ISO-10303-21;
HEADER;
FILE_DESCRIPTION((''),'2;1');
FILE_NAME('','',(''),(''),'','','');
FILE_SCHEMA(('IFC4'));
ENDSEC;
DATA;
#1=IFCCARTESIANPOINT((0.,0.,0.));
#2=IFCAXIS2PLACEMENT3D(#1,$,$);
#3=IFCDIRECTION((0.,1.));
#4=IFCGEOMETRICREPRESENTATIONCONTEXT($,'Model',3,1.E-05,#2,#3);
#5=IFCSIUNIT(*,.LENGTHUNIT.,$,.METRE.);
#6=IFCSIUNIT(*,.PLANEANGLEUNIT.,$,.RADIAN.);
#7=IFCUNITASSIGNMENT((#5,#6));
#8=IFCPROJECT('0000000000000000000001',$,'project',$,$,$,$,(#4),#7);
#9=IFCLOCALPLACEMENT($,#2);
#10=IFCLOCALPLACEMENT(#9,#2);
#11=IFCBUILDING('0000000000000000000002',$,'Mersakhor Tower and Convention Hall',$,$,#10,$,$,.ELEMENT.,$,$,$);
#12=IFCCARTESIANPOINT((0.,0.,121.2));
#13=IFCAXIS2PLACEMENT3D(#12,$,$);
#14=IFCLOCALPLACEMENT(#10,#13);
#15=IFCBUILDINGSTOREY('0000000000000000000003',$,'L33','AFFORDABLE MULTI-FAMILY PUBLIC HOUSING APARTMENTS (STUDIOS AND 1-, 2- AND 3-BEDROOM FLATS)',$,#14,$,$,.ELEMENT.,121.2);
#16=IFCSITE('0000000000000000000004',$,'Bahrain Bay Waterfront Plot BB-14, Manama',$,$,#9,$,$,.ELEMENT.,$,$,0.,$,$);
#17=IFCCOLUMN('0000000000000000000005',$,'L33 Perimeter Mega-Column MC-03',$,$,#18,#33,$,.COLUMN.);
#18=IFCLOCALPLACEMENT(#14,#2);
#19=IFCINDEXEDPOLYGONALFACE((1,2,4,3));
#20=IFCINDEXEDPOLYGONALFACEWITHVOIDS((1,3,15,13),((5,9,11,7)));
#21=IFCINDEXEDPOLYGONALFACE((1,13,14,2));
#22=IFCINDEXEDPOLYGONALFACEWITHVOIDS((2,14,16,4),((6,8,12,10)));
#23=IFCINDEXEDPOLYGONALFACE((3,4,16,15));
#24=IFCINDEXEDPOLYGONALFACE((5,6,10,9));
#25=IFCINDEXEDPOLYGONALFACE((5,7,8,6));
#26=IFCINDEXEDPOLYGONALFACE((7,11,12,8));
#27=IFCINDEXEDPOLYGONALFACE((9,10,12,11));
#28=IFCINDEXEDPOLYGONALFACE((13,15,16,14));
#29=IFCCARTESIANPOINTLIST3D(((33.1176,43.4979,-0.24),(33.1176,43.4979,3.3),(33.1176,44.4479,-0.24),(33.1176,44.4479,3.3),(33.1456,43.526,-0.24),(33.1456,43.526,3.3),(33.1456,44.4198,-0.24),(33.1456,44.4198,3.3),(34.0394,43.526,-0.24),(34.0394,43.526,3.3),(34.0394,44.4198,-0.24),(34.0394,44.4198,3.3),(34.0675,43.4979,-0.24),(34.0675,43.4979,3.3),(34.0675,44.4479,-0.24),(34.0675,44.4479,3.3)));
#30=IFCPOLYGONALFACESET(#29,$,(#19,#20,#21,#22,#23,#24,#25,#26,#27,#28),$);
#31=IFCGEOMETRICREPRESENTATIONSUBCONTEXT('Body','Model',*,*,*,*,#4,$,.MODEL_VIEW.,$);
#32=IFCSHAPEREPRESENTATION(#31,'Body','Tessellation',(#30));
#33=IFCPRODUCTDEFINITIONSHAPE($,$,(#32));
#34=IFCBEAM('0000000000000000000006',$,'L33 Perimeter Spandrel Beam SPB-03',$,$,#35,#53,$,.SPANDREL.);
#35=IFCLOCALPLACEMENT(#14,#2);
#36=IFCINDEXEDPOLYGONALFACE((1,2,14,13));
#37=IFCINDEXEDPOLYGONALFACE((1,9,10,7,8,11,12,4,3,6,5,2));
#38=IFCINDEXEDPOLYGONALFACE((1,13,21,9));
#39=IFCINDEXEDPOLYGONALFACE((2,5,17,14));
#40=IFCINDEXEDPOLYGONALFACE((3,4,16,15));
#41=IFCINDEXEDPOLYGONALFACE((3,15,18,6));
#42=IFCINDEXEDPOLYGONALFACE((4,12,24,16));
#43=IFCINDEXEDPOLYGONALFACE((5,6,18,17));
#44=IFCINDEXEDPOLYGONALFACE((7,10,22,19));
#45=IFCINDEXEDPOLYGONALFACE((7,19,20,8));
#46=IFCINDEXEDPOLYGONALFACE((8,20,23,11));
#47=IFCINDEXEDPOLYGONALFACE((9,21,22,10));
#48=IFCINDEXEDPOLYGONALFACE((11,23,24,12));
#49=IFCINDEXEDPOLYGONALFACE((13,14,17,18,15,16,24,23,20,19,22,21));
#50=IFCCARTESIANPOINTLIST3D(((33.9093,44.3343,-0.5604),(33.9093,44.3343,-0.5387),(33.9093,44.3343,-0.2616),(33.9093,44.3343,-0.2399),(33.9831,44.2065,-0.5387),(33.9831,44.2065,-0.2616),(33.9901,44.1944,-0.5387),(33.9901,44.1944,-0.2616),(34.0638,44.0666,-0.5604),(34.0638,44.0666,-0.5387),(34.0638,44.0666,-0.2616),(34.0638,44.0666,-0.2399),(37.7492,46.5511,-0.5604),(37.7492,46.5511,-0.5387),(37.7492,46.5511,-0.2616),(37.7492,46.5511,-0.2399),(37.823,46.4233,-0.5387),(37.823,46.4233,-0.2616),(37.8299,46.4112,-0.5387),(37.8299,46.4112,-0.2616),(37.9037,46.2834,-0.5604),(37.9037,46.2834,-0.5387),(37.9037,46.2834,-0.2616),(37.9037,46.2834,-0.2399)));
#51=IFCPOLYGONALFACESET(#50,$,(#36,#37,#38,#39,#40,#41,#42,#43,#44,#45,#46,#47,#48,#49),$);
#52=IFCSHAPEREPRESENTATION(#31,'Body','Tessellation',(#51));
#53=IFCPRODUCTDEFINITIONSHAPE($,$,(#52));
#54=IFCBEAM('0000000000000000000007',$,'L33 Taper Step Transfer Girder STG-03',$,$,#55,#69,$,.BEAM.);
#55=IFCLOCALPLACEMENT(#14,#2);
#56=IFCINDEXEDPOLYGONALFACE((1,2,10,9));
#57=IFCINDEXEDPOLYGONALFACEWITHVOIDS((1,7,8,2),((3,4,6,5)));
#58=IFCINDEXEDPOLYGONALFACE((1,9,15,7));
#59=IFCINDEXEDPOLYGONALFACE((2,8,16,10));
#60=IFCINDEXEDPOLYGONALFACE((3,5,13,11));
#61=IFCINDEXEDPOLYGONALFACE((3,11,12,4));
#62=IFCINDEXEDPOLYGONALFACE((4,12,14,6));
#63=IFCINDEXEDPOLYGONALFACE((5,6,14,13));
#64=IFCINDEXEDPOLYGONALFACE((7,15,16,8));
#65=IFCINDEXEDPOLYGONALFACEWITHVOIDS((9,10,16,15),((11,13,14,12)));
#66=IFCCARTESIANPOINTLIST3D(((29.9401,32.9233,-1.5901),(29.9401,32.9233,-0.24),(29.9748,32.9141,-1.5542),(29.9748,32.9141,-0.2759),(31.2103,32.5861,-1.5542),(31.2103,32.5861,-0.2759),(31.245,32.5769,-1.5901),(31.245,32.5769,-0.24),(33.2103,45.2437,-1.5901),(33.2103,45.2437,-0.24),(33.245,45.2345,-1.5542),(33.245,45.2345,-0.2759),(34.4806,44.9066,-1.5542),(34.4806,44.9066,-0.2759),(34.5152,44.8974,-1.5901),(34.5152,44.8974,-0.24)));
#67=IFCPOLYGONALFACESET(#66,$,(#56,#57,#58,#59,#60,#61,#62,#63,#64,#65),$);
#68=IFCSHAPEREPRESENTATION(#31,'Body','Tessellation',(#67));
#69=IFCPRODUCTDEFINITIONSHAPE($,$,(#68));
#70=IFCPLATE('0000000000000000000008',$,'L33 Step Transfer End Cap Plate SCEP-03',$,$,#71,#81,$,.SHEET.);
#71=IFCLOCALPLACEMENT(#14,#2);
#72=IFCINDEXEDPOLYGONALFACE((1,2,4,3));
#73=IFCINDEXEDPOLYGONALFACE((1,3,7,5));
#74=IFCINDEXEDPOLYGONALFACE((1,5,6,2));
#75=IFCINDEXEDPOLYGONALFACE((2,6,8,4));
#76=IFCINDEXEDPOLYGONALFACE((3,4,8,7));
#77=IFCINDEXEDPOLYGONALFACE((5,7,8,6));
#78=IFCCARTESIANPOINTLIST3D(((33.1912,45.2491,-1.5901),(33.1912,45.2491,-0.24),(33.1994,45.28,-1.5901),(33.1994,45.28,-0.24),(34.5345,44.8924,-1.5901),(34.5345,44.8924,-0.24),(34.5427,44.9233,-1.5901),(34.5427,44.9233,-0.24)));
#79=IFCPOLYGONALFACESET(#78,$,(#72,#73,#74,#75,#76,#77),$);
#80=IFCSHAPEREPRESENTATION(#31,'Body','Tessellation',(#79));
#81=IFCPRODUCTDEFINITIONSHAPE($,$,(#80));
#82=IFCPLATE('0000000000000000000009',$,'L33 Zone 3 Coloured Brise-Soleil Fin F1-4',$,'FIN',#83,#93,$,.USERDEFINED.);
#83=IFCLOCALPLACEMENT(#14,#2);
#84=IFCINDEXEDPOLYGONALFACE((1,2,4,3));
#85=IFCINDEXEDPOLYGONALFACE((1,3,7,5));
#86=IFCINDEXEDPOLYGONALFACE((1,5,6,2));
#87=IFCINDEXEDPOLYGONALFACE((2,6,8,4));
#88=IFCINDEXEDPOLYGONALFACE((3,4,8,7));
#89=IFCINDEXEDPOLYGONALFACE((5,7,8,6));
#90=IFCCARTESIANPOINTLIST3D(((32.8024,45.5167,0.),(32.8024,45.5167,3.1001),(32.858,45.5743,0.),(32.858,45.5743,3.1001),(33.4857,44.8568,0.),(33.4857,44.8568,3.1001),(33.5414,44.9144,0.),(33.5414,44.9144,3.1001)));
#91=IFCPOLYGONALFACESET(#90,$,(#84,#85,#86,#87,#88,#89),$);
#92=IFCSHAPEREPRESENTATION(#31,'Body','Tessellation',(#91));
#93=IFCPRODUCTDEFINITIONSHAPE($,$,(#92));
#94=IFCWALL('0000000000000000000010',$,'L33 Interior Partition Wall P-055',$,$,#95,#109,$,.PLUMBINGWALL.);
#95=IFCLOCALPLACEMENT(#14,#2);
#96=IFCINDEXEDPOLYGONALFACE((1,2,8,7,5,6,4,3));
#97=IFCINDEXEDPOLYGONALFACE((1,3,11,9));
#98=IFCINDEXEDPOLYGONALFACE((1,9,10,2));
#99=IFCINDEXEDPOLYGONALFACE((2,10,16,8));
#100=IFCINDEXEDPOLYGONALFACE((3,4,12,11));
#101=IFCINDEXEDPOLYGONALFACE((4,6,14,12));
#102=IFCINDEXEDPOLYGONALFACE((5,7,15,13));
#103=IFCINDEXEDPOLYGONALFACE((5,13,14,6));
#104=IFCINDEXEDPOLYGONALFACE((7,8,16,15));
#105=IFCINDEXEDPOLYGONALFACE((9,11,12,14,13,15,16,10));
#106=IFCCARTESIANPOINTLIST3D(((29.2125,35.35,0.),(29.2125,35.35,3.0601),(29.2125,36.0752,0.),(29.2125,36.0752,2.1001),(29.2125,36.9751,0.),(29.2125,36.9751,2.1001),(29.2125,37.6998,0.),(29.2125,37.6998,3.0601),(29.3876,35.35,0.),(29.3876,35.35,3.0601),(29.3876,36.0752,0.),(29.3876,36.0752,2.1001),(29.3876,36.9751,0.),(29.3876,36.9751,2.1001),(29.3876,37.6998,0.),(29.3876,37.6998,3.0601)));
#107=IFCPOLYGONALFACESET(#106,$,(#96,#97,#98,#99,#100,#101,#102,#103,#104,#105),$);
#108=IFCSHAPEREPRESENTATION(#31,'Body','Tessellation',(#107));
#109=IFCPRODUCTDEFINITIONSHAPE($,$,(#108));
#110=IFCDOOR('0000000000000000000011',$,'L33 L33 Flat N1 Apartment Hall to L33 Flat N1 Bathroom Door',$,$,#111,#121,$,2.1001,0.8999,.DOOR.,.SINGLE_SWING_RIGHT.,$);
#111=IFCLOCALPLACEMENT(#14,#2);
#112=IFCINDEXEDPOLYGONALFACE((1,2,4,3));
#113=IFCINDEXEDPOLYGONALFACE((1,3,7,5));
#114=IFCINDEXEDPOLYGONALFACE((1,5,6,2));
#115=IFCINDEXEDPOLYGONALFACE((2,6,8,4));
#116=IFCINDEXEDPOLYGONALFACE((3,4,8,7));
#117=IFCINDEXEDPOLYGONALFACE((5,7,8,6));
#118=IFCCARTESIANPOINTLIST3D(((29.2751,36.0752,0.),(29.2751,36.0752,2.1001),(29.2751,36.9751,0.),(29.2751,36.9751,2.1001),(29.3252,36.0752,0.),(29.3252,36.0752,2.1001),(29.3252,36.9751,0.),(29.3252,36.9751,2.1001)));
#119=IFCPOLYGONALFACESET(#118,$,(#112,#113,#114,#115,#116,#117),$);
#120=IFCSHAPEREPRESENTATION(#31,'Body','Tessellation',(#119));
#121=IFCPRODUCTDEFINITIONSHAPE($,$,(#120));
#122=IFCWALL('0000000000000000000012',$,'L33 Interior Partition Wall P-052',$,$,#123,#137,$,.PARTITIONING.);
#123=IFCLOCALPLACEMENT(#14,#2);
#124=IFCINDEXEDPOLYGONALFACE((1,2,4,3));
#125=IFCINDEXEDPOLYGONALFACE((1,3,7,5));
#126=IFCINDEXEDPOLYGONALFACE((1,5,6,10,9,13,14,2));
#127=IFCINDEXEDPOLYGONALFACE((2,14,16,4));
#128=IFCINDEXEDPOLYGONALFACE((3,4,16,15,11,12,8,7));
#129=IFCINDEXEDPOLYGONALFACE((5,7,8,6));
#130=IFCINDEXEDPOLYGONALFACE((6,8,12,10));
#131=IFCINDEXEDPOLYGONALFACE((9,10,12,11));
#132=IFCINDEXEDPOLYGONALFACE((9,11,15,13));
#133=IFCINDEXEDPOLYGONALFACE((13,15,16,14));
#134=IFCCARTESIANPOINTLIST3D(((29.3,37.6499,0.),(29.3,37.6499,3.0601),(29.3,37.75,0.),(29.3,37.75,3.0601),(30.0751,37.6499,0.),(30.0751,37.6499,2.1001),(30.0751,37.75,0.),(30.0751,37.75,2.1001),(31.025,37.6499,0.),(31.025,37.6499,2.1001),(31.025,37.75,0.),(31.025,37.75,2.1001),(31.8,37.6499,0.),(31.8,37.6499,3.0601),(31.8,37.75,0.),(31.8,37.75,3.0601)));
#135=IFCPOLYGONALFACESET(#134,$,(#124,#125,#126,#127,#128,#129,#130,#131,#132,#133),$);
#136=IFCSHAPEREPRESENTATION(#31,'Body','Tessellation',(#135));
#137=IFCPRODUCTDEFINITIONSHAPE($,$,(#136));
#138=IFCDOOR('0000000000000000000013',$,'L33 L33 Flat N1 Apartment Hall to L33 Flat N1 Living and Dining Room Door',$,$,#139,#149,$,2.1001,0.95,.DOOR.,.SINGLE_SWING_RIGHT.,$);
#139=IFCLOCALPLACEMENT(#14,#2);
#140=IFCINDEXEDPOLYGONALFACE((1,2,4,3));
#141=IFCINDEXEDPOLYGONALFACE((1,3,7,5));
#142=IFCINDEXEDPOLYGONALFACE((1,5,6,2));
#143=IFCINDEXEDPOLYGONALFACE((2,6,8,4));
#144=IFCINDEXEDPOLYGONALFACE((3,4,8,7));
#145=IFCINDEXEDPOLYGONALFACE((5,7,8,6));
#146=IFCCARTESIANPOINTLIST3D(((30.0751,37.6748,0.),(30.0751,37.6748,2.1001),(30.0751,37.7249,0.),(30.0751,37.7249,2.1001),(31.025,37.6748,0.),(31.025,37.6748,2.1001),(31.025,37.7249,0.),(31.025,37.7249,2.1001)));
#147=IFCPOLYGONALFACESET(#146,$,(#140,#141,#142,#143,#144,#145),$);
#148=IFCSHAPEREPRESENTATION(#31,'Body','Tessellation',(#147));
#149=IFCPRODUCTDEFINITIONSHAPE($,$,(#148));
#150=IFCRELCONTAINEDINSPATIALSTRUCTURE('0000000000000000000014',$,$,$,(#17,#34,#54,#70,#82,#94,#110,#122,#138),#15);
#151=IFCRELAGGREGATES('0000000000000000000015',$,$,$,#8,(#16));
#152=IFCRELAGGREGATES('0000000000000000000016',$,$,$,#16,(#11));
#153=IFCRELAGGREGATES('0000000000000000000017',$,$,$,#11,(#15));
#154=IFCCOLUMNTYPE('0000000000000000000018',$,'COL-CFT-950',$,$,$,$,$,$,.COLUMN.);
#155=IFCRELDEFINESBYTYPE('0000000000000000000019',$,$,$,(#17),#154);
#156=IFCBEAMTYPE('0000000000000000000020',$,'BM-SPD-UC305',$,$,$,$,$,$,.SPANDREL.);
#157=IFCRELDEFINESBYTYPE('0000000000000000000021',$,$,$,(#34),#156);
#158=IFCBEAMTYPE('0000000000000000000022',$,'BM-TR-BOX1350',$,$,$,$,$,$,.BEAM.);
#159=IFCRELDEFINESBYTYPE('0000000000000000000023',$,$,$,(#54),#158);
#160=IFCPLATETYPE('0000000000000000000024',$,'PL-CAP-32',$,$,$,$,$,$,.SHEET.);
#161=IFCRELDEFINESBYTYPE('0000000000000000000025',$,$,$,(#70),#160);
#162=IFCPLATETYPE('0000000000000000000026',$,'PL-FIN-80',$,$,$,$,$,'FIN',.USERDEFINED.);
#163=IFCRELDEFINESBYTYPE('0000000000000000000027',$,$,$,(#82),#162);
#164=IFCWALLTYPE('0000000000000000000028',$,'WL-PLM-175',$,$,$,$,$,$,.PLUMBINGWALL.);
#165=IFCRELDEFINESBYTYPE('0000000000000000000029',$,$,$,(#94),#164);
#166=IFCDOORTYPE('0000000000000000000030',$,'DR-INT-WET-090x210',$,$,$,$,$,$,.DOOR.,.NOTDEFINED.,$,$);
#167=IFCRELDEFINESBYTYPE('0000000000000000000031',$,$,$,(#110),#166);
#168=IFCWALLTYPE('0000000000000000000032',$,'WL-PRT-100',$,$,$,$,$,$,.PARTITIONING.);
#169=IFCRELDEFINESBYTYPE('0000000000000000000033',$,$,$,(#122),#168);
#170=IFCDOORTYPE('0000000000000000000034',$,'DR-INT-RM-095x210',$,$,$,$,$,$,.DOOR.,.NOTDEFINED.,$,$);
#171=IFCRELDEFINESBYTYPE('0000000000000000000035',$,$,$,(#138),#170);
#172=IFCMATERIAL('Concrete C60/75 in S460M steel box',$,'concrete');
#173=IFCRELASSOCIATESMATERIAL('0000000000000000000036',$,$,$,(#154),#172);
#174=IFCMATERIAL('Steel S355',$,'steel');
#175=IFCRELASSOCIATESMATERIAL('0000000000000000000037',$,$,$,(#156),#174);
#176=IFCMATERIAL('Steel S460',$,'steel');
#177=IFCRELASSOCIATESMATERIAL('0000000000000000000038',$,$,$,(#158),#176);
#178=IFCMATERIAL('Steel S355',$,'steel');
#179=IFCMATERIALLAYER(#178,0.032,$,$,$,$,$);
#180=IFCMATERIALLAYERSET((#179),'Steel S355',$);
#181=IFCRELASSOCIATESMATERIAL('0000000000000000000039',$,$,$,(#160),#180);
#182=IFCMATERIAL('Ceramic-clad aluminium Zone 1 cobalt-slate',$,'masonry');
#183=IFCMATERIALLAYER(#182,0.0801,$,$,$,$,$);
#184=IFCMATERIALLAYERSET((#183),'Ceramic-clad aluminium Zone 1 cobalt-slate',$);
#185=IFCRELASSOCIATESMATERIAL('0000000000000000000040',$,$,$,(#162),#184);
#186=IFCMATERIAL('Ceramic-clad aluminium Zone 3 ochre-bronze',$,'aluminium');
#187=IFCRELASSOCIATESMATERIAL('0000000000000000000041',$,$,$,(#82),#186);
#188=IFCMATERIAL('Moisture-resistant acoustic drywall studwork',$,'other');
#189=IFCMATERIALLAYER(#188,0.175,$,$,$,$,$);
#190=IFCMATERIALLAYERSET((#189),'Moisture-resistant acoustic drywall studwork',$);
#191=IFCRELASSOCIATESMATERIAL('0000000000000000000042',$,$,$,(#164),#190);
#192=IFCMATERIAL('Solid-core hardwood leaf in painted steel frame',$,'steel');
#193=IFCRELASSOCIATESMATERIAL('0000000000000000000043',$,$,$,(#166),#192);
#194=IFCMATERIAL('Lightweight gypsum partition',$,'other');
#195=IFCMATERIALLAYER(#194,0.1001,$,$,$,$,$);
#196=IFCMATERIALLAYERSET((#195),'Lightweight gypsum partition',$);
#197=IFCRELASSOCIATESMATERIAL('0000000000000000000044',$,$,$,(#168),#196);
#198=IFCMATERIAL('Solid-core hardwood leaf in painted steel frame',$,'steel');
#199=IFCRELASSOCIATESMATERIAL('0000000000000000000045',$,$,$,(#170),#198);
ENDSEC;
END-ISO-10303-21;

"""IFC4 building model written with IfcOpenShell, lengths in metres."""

from ifc_helpers import new_model, si_unit, direction, frame, frame_2d, origin, origin_2d, place, context, subcontext, project, spatial, rectangle, hollow_rectangle, i_section, extrude, material, layer, layer_set, material_profile, profile_set, type_object, element, fill, save


model = new_model("IFC4")

# Units and contexts
model_context = context("Model", 3, precision=1e-05, world=origin(), true_north=direction((0.0, 1.0)))
body_context = subcontext(model_context, "Body", "Model", "MODEL_VIEW")
ifc_project = project(units=[si_unit("LENGTHUNIT", "METRE"), si_unit("PLANEANGLEUNIT", "RADIAN")], contexts=[model_context])

# Site, building, storey
site_placement = place(None, origin())
site = spatial("IfcSite", under=ifc_project, at=site_placement, Name="Bahrain Bay Waterfront Plot BB-14, Manama", CompositionType="ELEMENT", RefElevation=0.0)
building_placement = place(site_placement, origin())
building = spatial("IfcBuilding", under=site, at=building_placement, Name="Mersakhor Tower and Convention Hall", CompositionType="ELEMENT")
storey_placement = place(building_placement, frame((0.0, 0.0, 121.2)))
storey = spatial("IfcBuildingStorey", under=building, at=storey_placement, Name="L33", Description="AFFORDABLE MULTI-FAMILY PUBLIC HOUSING APARTMENTS (STUDIOS AND 1-, 2- AND 3-BEDROOM FLATS)", CompositionType="ELEMENT", Elevation=121.2)

# Column
ifc_material_1 = material(Name="Concrete C60/75 in S460M steel box", Category="concrete")
ifc_material_profile_1 = material_profile(ifc_material_1, hollow_rectangle(XDim=0.95, YDim=0.95, WallThickness=0.0281, at=origin_2d()), Name="SHS 950x950x28")
ifc_profile_set_1 = profile_set([ifc_material_profile_1], Name="Concrete C60/75 in S460M steel box")
column_type = type_object("IfcColumnType", Name="COL-CFT-950", PredefinedType="COLUMN", material=ifc_profile_set_1)
column_placement = place(storey_placement, frame((33.5925, 43.9729, -0.24), z_axis=(0.0, 0.0, 1.0), x_axis=(1.0, 0.0, 0.0)))
element("IfcColumn", 1, at=column_placement, inside=storey, type_object=column_type, Name="L33 Perimeter Mega-Column MC-03", PredefinedType="COLUMN", context=body_context, shape_type="SweptSolid", body=[
    extrude(hollow_rectangle(XDim=0.95, YDim=0.95, WallThickness=0.0281, at=origin_2d()), origin(), (0.0, 0.0, 1.0), 3.54),
])

# Beams
ifc_material_2 = material(Name="Steel S355", Category="steel")
ifc_material_profile_2 = material_profile(ifc_material_2, i_section(OverallWidth=0.3091, OverallDepth=0.3206, WebThickness=0.0139, FlangeThickness=0.0217, at=origin_2d()), Name="UC 305x305x137")
ifc_profile_set_2 = profile_set([ifc_material_profile_2], Name="Steel S355")
beam_type_1 = type_object("IfcBeamType", Name="BM-SPD-UC305", PredefinedType="SPANDREL", material=ifc_profile_set_2)
beam_1_placement = place(storey_placement, frame((33.9866, 44.2004, -0.4001), z_axis=(0.866039, 0.499977, 0.0), x_axis=(-0.499977, 0.866039, 0.0)))
element("IfcBeam", 2, at=beam_1_placement, inside=storey, type_object=beam_type_1, Name="L33 Perimeter Spandrel Beam SPB-03", PredefinedType="SPANDREL", context=body_context, shape_type="SweptSolid", body=[
    extrude(i_section(OverallWidth=0.3091, OverallDepth=0.3206, WebThickness=0.0139, FlangeThickness=0.0217, at=origin_2d()), origin(), (0.0, 0.0, 1.0), 4.4338),
])
ifc_material_3 = material(Name="Steel S460", Category="steel")
ifc_material_profile_3 = material_profile(ifc_material_3, hollow_rectangle(XDim=1.3501, YDim=1.3501, WallThickness=0.0359, at=origin_2d()), Name="SHS 1350x1350x36")
ifc_profile_set_3 = profile_set([ifc_material_profile_3], Name="Steel S460")
beam_type_2 = type_object("IfcBeamType", Name="BM-TR-BOX1350", PredefinedType="BEAM", material=ifc_profile_set_3)
beam_2_placement = place(storey_placement, frame((33.8628, 45.0706, -0.915), z_axis=(-0.256548, -0.966532, 0.0), x_axis=(0.966532, -0.256548, 0.0)))
element("IfcBeam", 3, at=beam_2_placement, inside=storey, type_object=beam_type_2, Name="L33 Taper Step Transfer Girder STG-03", PredefinedType="BEAM", context=body_context, shape_type="SweptSolid", body=[
    extrude(hollow_rectangle(XDim=1.3501, YDim=1.3501, WallThickness=0.0359, at=origin_2d()), origin(), (0.0, 0.0, 1.0), 12.7471),
])

# Plates
ifc_material_4 = material(Name="Steel S355", Category="steel")
ifc_layer_1 = layer(ifc_material_4, 0.032)
ifc_layer_set_1 = layer_set([ifc_layer_1], Name="Steel S355")
plate_type_1 = type_object("IfcPlateType", Name="PL-CAP-32", PredefinedType="SHEET", material=ifc_layer_set_1)
plate_1_placement = place(storey_placement, frame((33.8669, 45.0862, -1.5901), z_axis=(0.0, 0.0, 1.0), x_axis=(-0.256627, -0.966511, 0.0)))
element("IfcPlate", 4, at=plate_1_placement, inside=storey, type_object=plate_type_1, Name="L33 Step Transfer End Cap Plate SCEP-03", PredefinedType="SHEET", context=body_context, shape_type="SweptSolid", body=[
    extrude(rectangle(XDim=0.032, YDim=1.3899, at=origin_2d()), origin(), (0.0, 0.0, 1.0), 1.3501),
])
ifc_material_5 = material(Name="Ceramic-clad aluminium Zone 3 ochre-bronze", Category="aluminium")
ifc_material_6 = material(Name="Ceramic-clad aluminium Zone 1 cobalt-slate", Category="masonry")
ifc_layer_2 = layer(ifc_material_6, 0.0801)
ifc_layer_set_2 = layer_set([ifc_layer_2], Name="Ceramic-clad aluminium Zone 1 cobalt-slate")
plate_type_2 = type_object("IfcPlateType", Name="PL-FIN-80", ElementType="FIN", PredefinedType="USERDEFINED", material=ifc_layer_set_2)
plate_2_placement = place(storey_placement, frame((33.1719, 45.2156, 0.0), z_axis=(0.0, 0.0, 1.0), x_axis=(-0.71934, 0.694658, 0.0)))
element("IfcPlate", 5, at=plate_2_placement, inside=storey, type_object=plate_type_2, material=ifc_material_5, Name="L33 Zone 3 Coloured Brise-Soleil Fin F1-4", ObjectType="FIN", PredefinedType="USERDEFINED", context=body_context, shape_type="SweptSolid", body=[
    extrude(rectangle(XDim=0.95, YDim=0.0801, at=origin_2d()), origin(), (0.0, 0.0, 1.0), 3.1001),
])

# Walls, openings, doors
ifc_material_7 = material(Name="Moisture-resistant acoustic drywall studwork", Category="other")
ifc_layer_3 = layer(ifc_material_7, 0.175)
ifc_layer_set_3 = layer_set([ifc_layer_3], Name="Moisture-resistant acoustic drywall studwork")
wall_type_1 = type_object("IfcWallType", Name="WL-PLM-175", PredefinedType="PLUMBINGWALL", material=ifc_layer_set_3)
wall_1_placement = place(storey_placement, frame((29.3, 35.3501, 0.0), z_axis=(0.0, 0.0, 1.0), x_axis=(0.0, 1.0, 0.0)))
wall_1 = element("IfcWall", 6, at=wall_1_placement, inside=storey, type_object=wall_type_1, Name="L33 Interior Partition Wall P-055", PredefinedType="PLUMBINGWALL", context=body_context, shape_type="SweptSolid", body=[
    extrude(rectangle(XDim=2.3499, YDim=0.175, at=frame_2d((1.1748, 0.0))), origin(), (0.0, 0.0, 1.0), 3.0601),
])
opening_1_placement = place(wall_1_placement, frame((0.7251, 0.0, 0.0)))
opening_1 = element("IfcOpeningElement", 7, at=opening_1_placement, cuts=wall_1, PredefinedType="OPENING", context=body_context, shape_type="SweptSolid", body=[
    extrude(rectangle(XDim=0.8999, YDim=2.1001, at=frame_2d((0.45, 1.05))), frame((0.0, 0.0974, 0.0), z_axis=(0.0, -1.0, 0.0), x_axis=(1.0, 0.0, 0.0)), (0.0, 0.0, 1.0), 0.1951),
])
ifc_material_8 = material(Name="Solid-core hardwood leaf in painted steel frame", Category="steel")
door_type_1 = type_object("IfcDoorType", Name="DR-INT-WET-090x210", OperationType="NOTDEFINED", PredefinedType="DOOR", material=ifc_material_8)
door_1_placement = place(opening_1_placement, origin())
door_1 = element("IfcDoor", 8, at=door_1_placement, inside=storey, type_object=door_type_1, Name="L33 L33 Flat N1 Apartment Hall to L33 Flat N1 Bathroom Door", OperationType="SINGLE_SWING_RIGHT", OverallHeight=2.1001, OverallWidth=0.8999, PredefinedType="DOOR", context=body_context, shape_type="SweptSolid", body=[
    extrude(rectangle(XDim=0.8999, YDim=2.1001, at=frame_2d((0.45, 1.05))), frame((0.0, 0.0249, 0.0), z_axis=(0.0, -1.0, 0.0), x_axis=(1.0, 0.0, 0.0)), (0.0, 0.0, 1.0), 0.05),
])
fill(opening_1, door_1)
ifc_material_9 = material(Name="Lightweight gypsum partition", Category="other")
ifc_layer_4 = layer(ifc_material_9, 0.1001)
ifc_layer_set_4 = layer_set([ifc_layer_4], Name="Lightweight gypsum partition")
wall_type_2 = type_object("IfcWallType", Name="WL-PRT-100", PredefinedType="PARTITIONING", material=ifc_layer_set_4)
wall_2_placement = place(storey_placement, frame((29.3, 37.7, 0.0), z_axis=(0.0, 0.0, 1.0), x_axis=(1.0, 0.0, 0.0)))
wall_2 = element("IfcWall", 9, at=wall_2_placement, inside=storey, type_object=wall_type_2, Name="L33 Interior Partition Wall P-052", PredefinedType="PARTITIONING", context=body_context, shape_type="SweptSolid", body=[
    extrude(rectangle(XDim=2.5, YDim=0.1001, at=frame_2d((1.25, 0.0))), origin(), (0.0, 0.0, 1.0), 3.0601),
])
opening_2_placement = place(wall_2_placement, frame((0.7749, 0.0, 0.0)))
opening_2 = element("IfcOpeningElement", 10, at=opening_2_placement, cuts=wall_2, PredefinedType="OPENING", context=body_context, shape_type="SweptSolid", body=[
    extrude(rectangle(XDim=0.95, YDim=2.1001, at=frame_2d((0.4751, 1.05))), frame((0.0, 0.0601, 0.0), z_axis=(0.0, -1.0, 0.0), x_axis=(1.0, 0.0, 0.0)), (0.0, 0.0, 1.0), 0.1201),
])
ifc_material_10 = material(Name="Solid-core hardwood leaf in painted steel frame", Category="steel")
door_type_2 = type_object("IfcDoorType", Name="DR-INT-RM-095x210", OperationType="NOTDEFINED", PredefinedType="DOOR", material=ifc_material_10)
door_2_placement = place(opening_2_placement, origin())
door_2 = element("IfcDoor", 11, at=door_2_placement, inside=storey, type_object=door_type_2, Name="L33 L33 Flat N1 Apartment Hall to L33 Flat N1 Living and Dining Room Door", OperationType="SINGLE_SWING_RIGHT", OverallHeight=2.1001, OverallWidth=0.95, PredefinedType="DOOR", context=body_context, shape_type="SweptSolid", body=[
    extrude(rectangle(XDim=0.95, YDim=2.1001, at=frame_2d((0.4751, 1.05))), frame((0.0, 0.0249, 0.0), z_axis=(0.0, -1.0, 0.0), x_axis=(1.0, 0.0, 0.0)), (0.0, 0.0, 1.0), 0.05),
])
fill(opening_2, door_2)

save(model, "model.ifc")
